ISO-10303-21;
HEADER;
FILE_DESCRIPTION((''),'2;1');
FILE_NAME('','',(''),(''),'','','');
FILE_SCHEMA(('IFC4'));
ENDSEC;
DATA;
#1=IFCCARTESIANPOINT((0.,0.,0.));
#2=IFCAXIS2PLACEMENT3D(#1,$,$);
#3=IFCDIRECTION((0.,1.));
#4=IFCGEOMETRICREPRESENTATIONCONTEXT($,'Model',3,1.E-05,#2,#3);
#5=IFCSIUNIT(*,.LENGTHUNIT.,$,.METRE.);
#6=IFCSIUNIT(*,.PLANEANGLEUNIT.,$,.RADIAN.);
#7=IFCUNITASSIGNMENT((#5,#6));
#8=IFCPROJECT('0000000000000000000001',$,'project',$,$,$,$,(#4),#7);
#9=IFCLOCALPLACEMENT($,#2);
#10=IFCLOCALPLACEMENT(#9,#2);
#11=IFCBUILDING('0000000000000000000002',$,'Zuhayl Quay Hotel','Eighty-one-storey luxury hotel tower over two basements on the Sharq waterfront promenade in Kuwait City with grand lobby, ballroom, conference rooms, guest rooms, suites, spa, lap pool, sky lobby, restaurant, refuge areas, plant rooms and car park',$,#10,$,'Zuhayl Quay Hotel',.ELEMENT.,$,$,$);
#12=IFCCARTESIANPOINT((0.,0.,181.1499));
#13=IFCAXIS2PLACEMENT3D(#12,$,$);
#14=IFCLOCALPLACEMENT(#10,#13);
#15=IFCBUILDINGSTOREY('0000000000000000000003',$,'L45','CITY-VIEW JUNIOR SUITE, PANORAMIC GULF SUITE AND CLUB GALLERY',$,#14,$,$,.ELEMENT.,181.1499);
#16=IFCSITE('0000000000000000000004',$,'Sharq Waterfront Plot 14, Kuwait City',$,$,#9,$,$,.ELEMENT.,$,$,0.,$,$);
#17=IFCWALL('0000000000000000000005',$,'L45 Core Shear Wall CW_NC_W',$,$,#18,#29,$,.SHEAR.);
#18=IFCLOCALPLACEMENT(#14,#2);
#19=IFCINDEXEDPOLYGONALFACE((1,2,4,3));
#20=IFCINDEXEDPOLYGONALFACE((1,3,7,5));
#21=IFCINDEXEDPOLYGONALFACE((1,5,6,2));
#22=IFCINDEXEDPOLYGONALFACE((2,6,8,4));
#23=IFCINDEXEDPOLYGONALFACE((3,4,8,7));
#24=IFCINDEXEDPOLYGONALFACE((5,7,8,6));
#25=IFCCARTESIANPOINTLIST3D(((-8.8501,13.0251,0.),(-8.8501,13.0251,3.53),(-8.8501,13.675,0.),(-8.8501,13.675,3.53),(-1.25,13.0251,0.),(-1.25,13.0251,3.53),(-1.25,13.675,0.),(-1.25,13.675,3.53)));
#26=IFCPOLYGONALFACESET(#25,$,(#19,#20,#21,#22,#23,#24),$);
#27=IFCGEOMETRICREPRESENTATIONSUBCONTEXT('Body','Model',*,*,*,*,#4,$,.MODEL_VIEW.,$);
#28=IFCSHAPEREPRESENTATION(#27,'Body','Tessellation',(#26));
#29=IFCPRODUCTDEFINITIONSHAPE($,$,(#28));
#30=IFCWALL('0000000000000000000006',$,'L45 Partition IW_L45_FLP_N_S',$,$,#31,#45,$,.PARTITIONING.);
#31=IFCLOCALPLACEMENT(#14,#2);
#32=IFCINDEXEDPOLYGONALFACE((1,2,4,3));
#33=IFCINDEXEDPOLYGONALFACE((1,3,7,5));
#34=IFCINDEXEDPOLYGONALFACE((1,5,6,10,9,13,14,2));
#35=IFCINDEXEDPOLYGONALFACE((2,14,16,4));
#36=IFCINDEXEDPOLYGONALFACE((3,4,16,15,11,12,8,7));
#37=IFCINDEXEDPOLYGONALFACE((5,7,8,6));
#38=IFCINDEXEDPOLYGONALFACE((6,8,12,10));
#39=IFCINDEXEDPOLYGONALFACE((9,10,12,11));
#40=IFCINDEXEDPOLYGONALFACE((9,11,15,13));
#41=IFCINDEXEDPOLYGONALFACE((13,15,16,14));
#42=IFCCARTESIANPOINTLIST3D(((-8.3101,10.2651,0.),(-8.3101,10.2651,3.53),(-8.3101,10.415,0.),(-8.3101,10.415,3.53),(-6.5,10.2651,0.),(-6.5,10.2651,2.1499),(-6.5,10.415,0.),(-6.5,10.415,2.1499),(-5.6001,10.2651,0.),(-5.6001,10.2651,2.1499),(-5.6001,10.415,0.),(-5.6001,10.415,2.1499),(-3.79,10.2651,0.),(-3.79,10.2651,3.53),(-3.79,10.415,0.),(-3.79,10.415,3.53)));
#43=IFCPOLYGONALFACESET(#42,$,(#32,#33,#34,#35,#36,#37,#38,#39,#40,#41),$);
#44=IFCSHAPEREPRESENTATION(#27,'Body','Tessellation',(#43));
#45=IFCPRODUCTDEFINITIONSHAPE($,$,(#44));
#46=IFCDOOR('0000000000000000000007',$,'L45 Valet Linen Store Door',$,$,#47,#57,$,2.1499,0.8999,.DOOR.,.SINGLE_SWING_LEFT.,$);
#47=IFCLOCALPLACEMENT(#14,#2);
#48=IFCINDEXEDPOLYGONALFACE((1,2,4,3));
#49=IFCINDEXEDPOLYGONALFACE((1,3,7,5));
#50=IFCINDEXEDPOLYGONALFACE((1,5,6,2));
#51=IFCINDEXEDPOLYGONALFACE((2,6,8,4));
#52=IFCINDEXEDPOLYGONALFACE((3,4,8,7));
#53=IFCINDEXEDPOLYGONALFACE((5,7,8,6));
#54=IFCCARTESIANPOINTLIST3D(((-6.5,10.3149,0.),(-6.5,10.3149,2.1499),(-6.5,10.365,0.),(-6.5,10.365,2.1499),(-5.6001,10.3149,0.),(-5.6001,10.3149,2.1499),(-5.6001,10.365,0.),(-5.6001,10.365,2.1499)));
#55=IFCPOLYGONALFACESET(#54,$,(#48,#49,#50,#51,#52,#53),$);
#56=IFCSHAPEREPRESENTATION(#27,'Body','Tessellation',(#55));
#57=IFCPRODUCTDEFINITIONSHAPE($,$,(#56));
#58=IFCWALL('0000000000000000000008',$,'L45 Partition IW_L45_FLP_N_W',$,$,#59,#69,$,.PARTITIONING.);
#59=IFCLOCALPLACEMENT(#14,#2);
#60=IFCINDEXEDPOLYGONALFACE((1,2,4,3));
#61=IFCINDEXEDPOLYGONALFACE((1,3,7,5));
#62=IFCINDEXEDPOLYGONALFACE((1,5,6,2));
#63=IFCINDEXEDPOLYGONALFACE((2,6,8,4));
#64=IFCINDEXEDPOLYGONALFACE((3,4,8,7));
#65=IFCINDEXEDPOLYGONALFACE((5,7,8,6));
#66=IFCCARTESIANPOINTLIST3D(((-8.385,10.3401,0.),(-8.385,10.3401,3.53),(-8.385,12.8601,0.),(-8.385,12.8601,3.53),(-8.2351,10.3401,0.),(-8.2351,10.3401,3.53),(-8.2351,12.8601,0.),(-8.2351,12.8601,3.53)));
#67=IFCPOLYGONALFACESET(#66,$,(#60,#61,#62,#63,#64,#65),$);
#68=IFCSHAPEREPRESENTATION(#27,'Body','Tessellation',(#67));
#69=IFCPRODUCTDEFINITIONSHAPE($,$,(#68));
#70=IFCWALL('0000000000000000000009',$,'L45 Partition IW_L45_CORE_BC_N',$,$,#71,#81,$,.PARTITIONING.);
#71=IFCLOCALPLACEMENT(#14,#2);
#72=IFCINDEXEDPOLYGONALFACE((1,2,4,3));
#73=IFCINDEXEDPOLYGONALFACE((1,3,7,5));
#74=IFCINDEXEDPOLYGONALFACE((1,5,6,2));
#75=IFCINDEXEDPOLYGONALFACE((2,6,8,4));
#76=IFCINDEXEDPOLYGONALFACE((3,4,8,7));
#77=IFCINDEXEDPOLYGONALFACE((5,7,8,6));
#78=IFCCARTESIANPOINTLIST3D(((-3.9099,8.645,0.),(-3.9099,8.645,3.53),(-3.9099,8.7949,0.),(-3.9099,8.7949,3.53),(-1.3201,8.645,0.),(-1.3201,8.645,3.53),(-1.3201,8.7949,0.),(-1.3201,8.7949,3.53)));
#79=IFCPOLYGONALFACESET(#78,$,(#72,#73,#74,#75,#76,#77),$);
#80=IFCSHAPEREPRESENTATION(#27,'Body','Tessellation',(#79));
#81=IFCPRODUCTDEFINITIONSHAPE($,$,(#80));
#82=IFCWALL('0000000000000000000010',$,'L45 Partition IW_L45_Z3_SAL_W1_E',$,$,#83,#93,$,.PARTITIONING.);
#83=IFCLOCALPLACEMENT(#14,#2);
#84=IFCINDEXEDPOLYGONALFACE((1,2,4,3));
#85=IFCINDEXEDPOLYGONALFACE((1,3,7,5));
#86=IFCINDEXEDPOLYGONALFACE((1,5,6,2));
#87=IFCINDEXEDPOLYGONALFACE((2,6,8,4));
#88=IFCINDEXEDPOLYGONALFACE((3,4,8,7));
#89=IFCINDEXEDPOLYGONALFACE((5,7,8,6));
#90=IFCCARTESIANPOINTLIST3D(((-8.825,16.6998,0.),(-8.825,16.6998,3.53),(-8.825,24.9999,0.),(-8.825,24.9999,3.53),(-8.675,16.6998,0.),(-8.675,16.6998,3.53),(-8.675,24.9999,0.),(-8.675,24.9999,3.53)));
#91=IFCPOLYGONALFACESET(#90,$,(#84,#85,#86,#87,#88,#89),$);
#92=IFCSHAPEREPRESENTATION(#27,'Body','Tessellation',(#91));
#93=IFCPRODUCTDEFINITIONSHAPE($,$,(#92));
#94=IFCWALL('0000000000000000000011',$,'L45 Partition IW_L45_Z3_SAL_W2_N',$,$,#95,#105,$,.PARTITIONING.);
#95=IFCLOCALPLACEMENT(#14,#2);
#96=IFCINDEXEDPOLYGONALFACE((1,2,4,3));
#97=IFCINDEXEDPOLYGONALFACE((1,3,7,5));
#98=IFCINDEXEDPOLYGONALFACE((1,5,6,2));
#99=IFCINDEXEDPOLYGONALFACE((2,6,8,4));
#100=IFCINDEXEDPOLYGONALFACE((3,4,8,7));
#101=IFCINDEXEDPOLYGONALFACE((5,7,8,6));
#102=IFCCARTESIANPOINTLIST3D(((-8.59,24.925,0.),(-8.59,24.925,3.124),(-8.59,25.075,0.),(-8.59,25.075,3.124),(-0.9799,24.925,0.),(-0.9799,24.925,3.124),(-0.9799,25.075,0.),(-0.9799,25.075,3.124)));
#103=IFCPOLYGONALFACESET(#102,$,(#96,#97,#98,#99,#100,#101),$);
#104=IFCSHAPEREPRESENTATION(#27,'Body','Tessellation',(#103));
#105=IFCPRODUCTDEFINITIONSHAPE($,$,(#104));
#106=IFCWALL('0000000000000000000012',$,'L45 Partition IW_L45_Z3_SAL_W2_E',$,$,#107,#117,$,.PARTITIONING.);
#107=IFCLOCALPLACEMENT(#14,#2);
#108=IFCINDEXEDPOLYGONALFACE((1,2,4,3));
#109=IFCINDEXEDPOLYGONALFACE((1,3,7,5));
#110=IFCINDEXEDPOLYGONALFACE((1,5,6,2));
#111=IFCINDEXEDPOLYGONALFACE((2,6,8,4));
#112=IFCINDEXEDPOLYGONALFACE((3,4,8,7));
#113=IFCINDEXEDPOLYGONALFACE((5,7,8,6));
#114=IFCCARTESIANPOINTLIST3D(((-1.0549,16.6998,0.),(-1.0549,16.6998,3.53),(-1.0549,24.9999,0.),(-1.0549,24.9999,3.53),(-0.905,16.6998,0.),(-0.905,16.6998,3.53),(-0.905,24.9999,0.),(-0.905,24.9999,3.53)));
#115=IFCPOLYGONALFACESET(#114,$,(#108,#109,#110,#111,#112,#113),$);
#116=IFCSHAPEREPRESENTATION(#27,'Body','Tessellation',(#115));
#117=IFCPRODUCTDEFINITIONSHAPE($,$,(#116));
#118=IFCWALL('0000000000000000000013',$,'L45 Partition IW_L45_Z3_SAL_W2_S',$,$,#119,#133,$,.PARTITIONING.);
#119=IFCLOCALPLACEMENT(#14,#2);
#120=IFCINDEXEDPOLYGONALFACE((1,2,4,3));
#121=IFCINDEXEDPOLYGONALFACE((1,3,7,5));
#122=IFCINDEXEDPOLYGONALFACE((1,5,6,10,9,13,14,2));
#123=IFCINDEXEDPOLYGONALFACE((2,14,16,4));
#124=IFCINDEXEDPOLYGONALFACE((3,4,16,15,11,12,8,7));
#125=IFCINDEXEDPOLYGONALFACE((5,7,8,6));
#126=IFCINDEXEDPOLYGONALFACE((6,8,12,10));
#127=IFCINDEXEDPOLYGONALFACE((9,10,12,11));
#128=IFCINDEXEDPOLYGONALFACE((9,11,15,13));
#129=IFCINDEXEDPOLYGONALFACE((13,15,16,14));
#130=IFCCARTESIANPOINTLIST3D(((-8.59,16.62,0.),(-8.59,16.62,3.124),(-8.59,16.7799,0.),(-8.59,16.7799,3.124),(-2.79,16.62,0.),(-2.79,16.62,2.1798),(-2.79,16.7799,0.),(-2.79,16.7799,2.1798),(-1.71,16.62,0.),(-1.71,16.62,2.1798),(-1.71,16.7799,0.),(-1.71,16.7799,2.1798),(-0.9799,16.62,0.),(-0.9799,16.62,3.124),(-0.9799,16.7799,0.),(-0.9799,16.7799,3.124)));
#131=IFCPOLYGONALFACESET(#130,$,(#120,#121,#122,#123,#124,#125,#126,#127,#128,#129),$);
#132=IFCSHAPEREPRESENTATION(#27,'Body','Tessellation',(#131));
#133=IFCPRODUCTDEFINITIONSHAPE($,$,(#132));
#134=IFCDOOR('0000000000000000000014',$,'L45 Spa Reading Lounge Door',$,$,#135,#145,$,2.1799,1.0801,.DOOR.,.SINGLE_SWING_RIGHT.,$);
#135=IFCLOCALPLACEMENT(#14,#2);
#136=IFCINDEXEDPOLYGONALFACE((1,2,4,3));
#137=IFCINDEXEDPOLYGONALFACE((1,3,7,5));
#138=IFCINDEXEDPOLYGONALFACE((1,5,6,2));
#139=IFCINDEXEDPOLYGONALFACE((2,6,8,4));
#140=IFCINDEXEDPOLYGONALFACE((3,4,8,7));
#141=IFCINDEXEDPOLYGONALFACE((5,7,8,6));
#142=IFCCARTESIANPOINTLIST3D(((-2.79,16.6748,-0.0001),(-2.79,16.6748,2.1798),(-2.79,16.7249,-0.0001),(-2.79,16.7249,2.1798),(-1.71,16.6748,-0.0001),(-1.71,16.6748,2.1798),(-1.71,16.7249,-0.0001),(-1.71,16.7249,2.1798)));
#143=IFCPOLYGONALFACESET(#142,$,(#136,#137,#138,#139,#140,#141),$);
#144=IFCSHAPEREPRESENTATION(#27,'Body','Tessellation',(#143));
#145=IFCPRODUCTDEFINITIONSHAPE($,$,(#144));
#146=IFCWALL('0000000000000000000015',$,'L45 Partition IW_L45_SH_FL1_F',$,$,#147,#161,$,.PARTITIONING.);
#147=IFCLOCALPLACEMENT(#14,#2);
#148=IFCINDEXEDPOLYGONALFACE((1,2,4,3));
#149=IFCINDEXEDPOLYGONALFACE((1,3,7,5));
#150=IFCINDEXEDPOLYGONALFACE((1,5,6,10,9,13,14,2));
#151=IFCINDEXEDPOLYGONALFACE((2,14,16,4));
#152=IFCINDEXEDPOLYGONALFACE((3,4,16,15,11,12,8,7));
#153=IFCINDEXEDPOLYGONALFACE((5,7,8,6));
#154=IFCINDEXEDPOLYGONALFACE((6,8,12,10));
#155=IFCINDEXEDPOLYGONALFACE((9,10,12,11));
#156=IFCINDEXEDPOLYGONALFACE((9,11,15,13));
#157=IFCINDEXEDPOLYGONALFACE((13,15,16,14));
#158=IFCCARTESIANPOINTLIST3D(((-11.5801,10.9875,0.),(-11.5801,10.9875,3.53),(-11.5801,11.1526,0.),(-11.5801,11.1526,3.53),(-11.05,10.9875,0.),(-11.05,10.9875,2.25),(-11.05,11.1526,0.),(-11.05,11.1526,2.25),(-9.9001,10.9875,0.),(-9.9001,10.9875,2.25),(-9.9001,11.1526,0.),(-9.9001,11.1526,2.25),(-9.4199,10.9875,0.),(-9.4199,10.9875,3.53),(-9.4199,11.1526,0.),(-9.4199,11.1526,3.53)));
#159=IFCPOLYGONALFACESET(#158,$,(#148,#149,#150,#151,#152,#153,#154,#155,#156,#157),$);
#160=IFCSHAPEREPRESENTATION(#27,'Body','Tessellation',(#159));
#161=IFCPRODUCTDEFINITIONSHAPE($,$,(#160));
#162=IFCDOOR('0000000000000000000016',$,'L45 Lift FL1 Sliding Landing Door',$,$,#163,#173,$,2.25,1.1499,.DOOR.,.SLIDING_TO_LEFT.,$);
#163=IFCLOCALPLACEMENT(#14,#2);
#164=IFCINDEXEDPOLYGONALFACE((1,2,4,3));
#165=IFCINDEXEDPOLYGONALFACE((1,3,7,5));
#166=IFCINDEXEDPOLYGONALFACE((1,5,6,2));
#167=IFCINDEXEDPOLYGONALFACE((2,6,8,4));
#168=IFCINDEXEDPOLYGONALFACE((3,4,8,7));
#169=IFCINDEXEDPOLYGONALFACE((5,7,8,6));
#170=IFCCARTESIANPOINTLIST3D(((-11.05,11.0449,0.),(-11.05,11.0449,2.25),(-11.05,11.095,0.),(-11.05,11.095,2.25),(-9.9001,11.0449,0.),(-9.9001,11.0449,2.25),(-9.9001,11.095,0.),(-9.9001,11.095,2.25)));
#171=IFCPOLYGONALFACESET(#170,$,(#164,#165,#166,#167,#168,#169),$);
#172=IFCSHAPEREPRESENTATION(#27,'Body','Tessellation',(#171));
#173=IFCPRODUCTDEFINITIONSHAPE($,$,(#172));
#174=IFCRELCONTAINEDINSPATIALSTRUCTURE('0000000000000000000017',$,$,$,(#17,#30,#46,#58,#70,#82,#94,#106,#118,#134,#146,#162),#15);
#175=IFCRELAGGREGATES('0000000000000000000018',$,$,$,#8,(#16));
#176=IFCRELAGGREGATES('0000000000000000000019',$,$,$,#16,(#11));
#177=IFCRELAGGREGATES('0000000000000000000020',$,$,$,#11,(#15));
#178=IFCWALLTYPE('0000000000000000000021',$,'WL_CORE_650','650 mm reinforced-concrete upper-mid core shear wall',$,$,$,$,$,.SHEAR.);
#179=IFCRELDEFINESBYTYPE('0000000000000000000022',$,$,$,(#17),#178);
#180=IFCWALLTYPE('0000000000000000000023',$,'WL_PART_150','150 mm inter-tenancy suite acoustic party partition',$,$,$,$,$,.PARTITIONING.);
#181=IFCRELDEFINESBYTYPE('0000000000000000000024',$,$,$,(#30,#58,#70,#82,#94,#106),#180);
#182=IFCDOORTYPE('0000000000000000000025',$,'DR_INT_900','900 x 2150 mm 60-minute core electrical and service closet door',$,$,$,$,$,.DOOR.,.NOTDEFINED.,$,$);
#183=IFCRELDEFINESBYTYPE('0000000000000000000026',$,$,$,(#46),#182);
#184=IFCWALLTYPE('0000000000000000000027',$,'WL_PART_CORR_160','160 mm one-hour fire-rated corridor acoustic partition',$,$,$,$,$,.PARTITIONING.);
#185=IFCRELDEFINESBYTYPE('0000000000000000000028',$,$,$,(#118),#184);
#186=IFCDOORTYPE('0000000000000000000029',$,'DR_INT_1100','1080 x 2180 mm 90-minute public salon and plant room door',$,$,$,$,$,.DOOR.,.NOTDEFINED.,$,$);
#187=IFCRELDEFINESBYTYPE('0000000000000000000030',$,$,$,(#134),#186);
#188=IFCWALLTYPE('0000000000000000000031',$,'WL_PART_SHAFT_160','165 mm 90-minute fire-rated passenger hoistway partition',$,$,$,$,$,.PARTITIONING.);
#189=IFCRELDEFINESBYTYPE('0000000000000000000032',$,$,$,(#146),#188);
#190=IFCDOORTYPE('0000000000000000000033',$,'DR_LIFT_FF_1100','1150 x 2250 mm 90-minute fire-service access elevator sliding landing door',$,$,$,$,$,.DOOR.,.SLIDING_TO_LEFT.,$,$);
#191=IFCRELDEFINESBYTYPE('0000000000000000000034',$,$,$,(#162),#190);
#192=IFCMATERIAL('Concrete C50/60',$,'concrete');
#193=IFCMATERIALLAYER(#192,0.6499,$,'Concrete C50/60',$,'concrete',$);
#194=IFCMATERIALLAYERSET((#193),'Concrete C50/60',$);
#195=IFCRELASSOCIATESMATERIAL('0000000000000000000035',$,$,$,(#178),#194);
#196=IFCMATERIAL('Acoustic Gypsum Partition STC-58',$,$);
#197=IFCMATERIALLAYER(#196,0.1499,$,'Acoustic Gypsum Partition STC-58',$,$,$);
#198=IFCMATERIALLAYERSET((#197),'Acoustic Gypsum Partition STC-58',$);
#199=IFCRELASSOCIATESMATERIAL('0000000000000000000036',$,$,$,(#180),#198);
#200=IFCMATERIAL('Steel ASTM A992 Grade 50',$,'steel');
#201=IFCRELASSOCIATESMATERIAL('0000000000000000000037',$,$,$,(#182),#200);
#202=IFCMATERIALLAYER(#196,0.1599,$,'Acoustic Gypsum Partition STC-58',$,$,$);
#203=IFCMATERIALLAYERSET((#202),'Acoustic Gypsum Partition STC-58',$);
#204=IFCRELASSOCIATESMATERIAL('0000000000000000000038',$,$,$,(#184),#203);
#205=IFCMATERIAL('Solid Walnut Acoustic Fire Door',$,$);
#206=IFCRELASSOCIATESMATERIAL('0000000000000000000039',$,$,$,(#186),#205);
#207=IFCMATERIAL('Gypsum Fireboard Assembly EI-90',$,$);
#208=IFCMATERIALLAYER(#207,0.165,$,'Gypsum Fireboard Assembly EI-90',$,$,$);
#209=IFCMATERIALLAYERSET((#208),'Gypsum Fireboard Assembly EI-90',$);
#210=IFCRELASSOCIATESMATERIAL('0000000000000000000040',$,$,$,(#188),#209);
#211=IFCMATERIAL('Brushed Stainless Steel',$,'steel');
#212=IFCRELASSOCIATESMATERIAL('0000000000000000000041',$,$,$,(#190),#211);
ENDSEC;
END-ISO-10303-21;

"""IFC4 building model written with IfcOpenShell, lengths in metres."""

from ifc_helpers import new_model, si_unit, direction, frame, frame_2d, origin, place, context, subcontext, project, spatial, rectangle, extrude, material, layer, layer_set, type_object, element, fill, save


model = new_model("IFC4")

# Units and contexts
model_context = context("Model", 3, precision=1e-05, world=origin(), true_north=direction((0.0, 1.0)))
body_context = subcontext(model_context, "Body", "Model", "MODEL_VIEW")
ifc_project = project(units=[si_unit("LENGTHUNIT", "METRE"), si_unit("PLANEANGLEUNIT", "RADIAN")], contexts=[model_context])

# Site, building, storey
site_placement = place(None, origin())
site = spatial("IfcSite", under=ifc_project, at=site_placement, Name="Sharq Waterfront Plot 14, Kuwait City", CompositionType="ELEMENT", RefElevation=0.0)
building_placement = place(site_placement, origin())
building = spatial("IfcBuilding", under=site, at=building_placement, Name="Zuhayl Quay Hotel", Description="Eighty-one-storey luxury hotel tower over two basements on the Sharq waterfront promenade in Kuwait City with grand lobby, ballroom, conference rooms, guest rooms, suites, spa, lap pool, sky lobby, restaurant, refuge areas, plant rooms and car park", LongName="Zuhayl Quay Hotel", CompositionType="ELEMENT")
storey_placement = place(building_placement, frame((0.0, 0.0, 181.1499)))
storey = spatial("IfcBuildingStorey", under=building, at=storey_placement, Name="L45", Description="CITY-VIEW JUNIOR SUITE, PANORAMIC GULF SUITE AND CLUB GALLERY", CompositionType="ELEMENT", Elevation=181.1499)

# Shared definitions
ifc_material_1 = material(Name="Steel ASTM A992 Grade 50", Category="steel")

# Wall
ifc_material_2 = material(Name="Concrete C50/60", Category="concrete")
ifc_layer_1 = layer(ifc_material_2, 0.6499, Name="Concrete C50/60", Category="concrete")
ifc_layer_set_1 = layer_set([ifc_layer_1], Name="Concrete C50/60")
wall_type_1 = type_object("IfcWallType", Name="WL_CORE_650", Description="650 mm reinforced-concrete upper-mid core shear wall", PredefinedType="SHEAR", material=ifc_layer_set_1)
wall_1_placement = place(storey_placement, frame((-8.8501, 13.3501, 0.0), z_axis=(0.0, 0.0, 1.0), x_axis=(1.0, 0.0, 0.0)))
element("IfcWall", 1, at=wall_1_placement, inside=storey, type_object=wall_type_1, Name="L45 Core Shear Wall CW_NC_W", PredefinedType="SHEAR", context=body_context, shape_type="SweptSolid", body=[
    extrude(rectangle(XDim=7.6001, YDim=0.6499, at=frame_2d((3.8, 0.0))), origin(), (0.0, 0.0, 1.0), 3.53),
])

# Wall, opening, door
ifc_material_3 = material(Name="Acoustic Gypsum Partition STC-58")
ifc_layer_2 = layer(ifc_material_3, 0.1499, Name="Acoustic Gypsum Partition STC-58")
ifc_layer_set_2 = layer_set([ifc_layer_2], Name="Acoustic Gypsum Partition STC-58")
wall_type_2 = type_object("IfcWallType", Name="WL_PART_150", Description="150 mm inter-tenancy suite acoustic party partition", PredefinedType="PARTITIONING", material=ifc_layer_set_2)
wall_2_placement = place(storey_placement, frame((-8.3101, 10.3401, 0.0), z_axis=(0.0, 0.0, 1.0), x_axis=(1.0, 0.0, 0.0)))
wall_2 = element("IfcWall", 2, at=wall_2_placement, inside=storey, type_object=wall_type_2, Name="L45 Partition IW_L45_FLP_N_S", PredefinedType="PARTITIONING", context=body_context, shape_type="SweptSolid", body=[
    extrude(rectangle(XDim=4.52, YDim=0.1499, at=frame_2d((2.26, 0.0))), origin(), (0.0, 0.0, 1.0), 3.53),
])
opening_1_placement = place(wall_2_placement, frame((1.8101, 0.0, 0.0)))
opening_1 = element("IfcOpeningElement", 3, at=opening_1_placement, cuts=wall_2, PredefinedType="OPENING", context=body_context, shape_type="SweptSolid", body=[
    extrude(rectangle(XDim=0.8999, YDim=2.1499, at=frame_2d((0.45, 1.075))), frame((0.0, 0.085, 0.0), z_axis=(0.0, -1.0, 0.0), x_axis=(1.0, 0.0, 0.0)), (0.0, 0.0, 1.0), 0.1699),
])
door_type_1 = type_object("IfcDoorType", Name="DR_INT_900", Description="900 x 2150 mm 60-minute core electrical and service closet door", OperationType="NOTDEFINED", PredefinedType="DOOR", material=ifc_material_1)
door_1_placement = place(opening_1_placement, origin())
door_1 = element("IfcDoor", 4, at=door_1_placement, inside=storey, type_object=door_type_1, Name="L45 Valet Linen Store Door", OperationType="SINGLE_SWING_LEFT", OverallHeight=2.1499, OverallWidth=0.8999, PredefinedType="DOOR", context=body_context, shape_type="SweptSolid", body=[
    extrude(rectangle(XDim=0.8999, YDim=2.1499, at=frame_2d((0.45, 1.075))), frame((0.0, 0.0249, 0.0), z_axis=(0.0, -1.0, 0.0), x_axis=(1.0, 0.0, 0.0)), (0.0, 0.0, 1.0), 0.05),
])
fill(opening_1, door_1)

# Walls
wall_3_placement = place(storey_placement, frame((-8.3101, 10.3401, 0.0), z_axis=(0.0, 0.0, 1.0), x_axis=(0.0, 1.0, 0.0)))
element("IfcWall", 5, at=wall_3_placement, inside=storey, type_object=wall_type_2, Name="L45 Partition IW_L45_FLP_N_W", PredefinedType="PARTITIONING", context=body_context, shape_type="SweptSolid", body=[
    extrude(rectangle(XDim=2.52, YDim=0.1499, at=frame_2d((1.26, 0.0))), origin(), (0.0, 0.0, 1.0), 3.53),
])
wall_4_placement = place(storey_placement, frame((-3.9099, 8.72, 0.0), z_axis=(0.0, 0.0, 1.0), x_axis=(1.0, 0.0, 0.0)))
element("IfcWall", 6, at=wall_4_placement, inside=storey, type_object=wall_type_2, Name="L45 Partition IW_L45_CORE_BC_N", PredefinedType="PARTITIONING", context=body_context, shape_type="SweptSolid", body=[
    extrude(rectangle(XDim=2.5898, YDim=0.1499, at=frame_2d((1.2949, 0.0))), origin(), (0.0, 0.0, 1.0), 3.53),
])
wall_5_placement = place(storey_placement, frame((-8.75, 16.7, 0.0), z_axis=(0.0, 0.0, 1.0), x_axis=(0.0, 1.0, 0.0)))
element("IfcWall", 7, at=wall_5_placement, inside=storey, type_object=wall_type_2, Name="L45 Partition IW_L45_Z3_SAL_W1_E", PredefinedType="PARTITIONING", context=body_context, shape_type="SweptSolid", body=[
    extrude(rectangle(XDim=8.3, YDim=0.1499, at=frame_2d((4.1499, 0.0))), origin(), (0.0, 0.0, 1.0), 3.53),
])
wall_6_placement = place(storey_placement, frame((-8.5901, 25.0, 0.0), z_axis=(0.0, 0.0, 1.0), x_axis=(1.0, 0.0, 0.0)))
element("IfcWall", 8, at=wall_6_placement, inside=storey, type_object=wall_type_2, Name="L45 Partition IW_L45_Z3_SAL_W2_N", PredefinedType="PARTITIONING", context=body_context, shape_type="SweptSolid", body=[
    extrude(rectangle(XDim=7.6101, YDim=0.1499, at=frame_2d((3.8052, 0.0))), origin(), (0.0, 0.0, 1.0), 3.124),
])
wall_7_placement = place(storey_placement, frame((-0.98, 16.7, 0.0), z_axis=(0.0, 0.0, 1.0), x_axis=(0.0, 1.0, 0.0)))
element("IfcWall", 9, at=wall_7_placement, inside=storey, type_object=wall_type_2, Name="L45 Partition IW_L45_Z3_SAL_W2_E", PredefinedType="PARTITIONING", context=body_context, shape_type="SweptSolid", body=[
    extrude(rectangle(XDim=8.3, YDim=0.1499, at=frame_2d((4.1499, 0.0))), origin(), (0.0, 0.0, 1.0), 3.53),
])

# Walls, openings, doors
ifc_layer_3 = layer(ifc_material_3, 0.1599, Name="Acoustic Gypsum Partition STC-58")
ifc_layer_set_3 = layer_set([ifc_layer_3], Name="Acoustic Gypsum Partition STC-58")
wall_type_3 = type_object("IfcWallType", Name="WL_PART_CORR_160", Description="160 mm one-hour fire-rated corridor acoustic partition", PredefinedType="PARTITIONING", material=ifc_layer_set_3)
wall_8_placement = place(storey_placement, frame((-8.5901, 16.7, 0.0), z_axis=(0.0, 0.0, 1.0), x_axis=(1.0, 0.0, 0.0)))
wall_8 = element("IfcWall", 10, at=wall_8_placement, inside=storey, type_object=wall_type_3, Name="L45 Partition IW_L45_Z3_SAL_W2_S", PredefinedType="PARTITIONING", context=body_context, shape_type="SweptSolid", body=[
    extrude(rectangle(XDim=7.6101, YDim=0.1599, at=frame_2d((3.8052, 0.0))), origin(), (0.0, 0.0, 1.0), 3.124),
])
opening_2_placement = place(wall_8_placement, frame((5.8, 0.0, 0.0)))
opening_2 = element("IfcOpeningElement", 11, at=opening_2_placement, cuts=wall_8, PredefinedType="OPENING", context=body_context, shape_type="SweptSolid", body=[
    extrude(rectangle(XDim=1.0801, YDim=2.1799, at=frame_2d((0.54, 1.0898))), frame((0.0, 0.0898, 0.0), z_axis=(0.0, -1.0, 0.0), x_axis=(1.0, 0.0, 0.0)), (0.0, 0.0, 1.0), 0.1799),
])
ifc_material_4 = material(Name="Solid Walnut Acoustic Fire Door")
door_type_2 = type_object("IfcDoorType", Name="DR_INT_1100", Description="1080 x 2180 mm 90-minute public salon and plant room door", OperationType="NOTDEFINED", PredefinedType="DOOR", material=ifc_material_4)
door_2_placement = place(opening_2_placement, origin())
door_2 = element("IfcDoor", 12, at=door_2_placement, inside=storey, type_object=door_type_2, Name="L45 Spa Reading Lounge Door", OperationType="SINGLE_SWING_RIGHT", OverallHeight=2.1799, OverallWidth=1.0801, PredefinedType="DOOR", context=body_context, shape_type="SweptSolid", body=[
    extrude(rectangle(XDim=1.0801, YDim=2.1799, at=frame_2d((0.54, 1.0898))), frame((0.0, 0.0249, 0.0), z_axis=(0.0, -1.0, 0.0), x_axis=(1.0, 0.0, 0.0)), (0.0, 0.0, 1.0), 0.05),
])
fill(opening_2, door_2)
ifc_material_5 = material(Name="Gypsum Fireboard Assembly EI-90")
ifc_layer_4 = layer(ifc_material_5, 0.165, Name="Gypsum Fireboard Assembly EI-90")
ifc_layer_set_4 = layer_set([ifc_layer_4], Name="Gypsum Fireboard Assembly EI-90")
wall_type_4 = type_object("IfcWallType", Name="WL_PART_SHAFT_160", Description="165 mm 90-minute fire-rated passenger hoistway partition", PredefinedType="PARTITIONING", material=ifc_layer_set_4)
wall_9_placement = place(storey_placement, frame((-11.5801, 11.0701, 0.0), z_axis=(0.0, 0.0, 1.0), x_axis=(1.0, 0.0, 0.0)))
wall_9 = element("IfcWall", 13, at=wall_9_placement, inside=storey, type_object=wall_type_4, Name="L45 Partition IW_L45_SH_FL1_F", PredefinedType="PARTITIONING", context=body_context, shape_type="SweptSolid", body=[
    extrude(rectangle(XDim=2.1602, YDim=0.165, at=frame_2d((1.0801, 0.0))), origin(), (0.0, 0.0, 1.0), 3.53),
])
opening_3_placement = place(wall_9_placement, frame((0.53, 0.0, 0.0)))
opening_3 = element("IfcOpeningElement", 14, at=opening_3_placement, cuts=wall_9, PredefinedType="OPENING", context=body_context, shape_type="SweptSolid", body=[
    extrude(rectangle(XDim=1.1499, YDim=2.25, at=frame_2d((0.575, 1.125))), frame((0.0, 0.0925, 0.0), z_axis=(0.0, -1.0, 0.0), x_axis=(1.0, 0.0, 0.0)), (0.0, 0.0, 1.0), 0.1851),
])
ifc_material_6 = material(Name="Brushed Stainless Steel", Category="steel")
door_type_3 = type_object("IfcDoorType", Name="DR_LIFT_FF_1100", Description="1150 x 2250 mm 90-minute fire-service access elevator sliding landing door", OperationType="SLIDING_TO_LEFT", PredefinedType="DOOR", material=ifc_material_6)
door_3_placement = place(opening_3_placement, origin())
door_3 = element("IfcDoor", 15, at=door_3_placement, inside=storey, type_object=door_type_3, Name="L45 Lift FL1 Sliding Landing Door", OperationType="SLIDING_TO_LEFT", OverallHeight=2.25, OverallWidth=1.1499, PredefinedType="DOOR", context=body_context, shape_type="SweptSolid", body=[
    extrude(rectangle(XDim=1.1499, YDim=2.25, at=frame_2d((0.575, 1.125))), frame((0.0, 0.0249, 0.0), z_axis=(0.0, -1.0, 0.0), x_axis=(1.0, 0.0, 0.0)), (0.0, 0.0, 1.0), 0.05),
])
fill(opening_3, door_3)

save(model, "model.ifc")
